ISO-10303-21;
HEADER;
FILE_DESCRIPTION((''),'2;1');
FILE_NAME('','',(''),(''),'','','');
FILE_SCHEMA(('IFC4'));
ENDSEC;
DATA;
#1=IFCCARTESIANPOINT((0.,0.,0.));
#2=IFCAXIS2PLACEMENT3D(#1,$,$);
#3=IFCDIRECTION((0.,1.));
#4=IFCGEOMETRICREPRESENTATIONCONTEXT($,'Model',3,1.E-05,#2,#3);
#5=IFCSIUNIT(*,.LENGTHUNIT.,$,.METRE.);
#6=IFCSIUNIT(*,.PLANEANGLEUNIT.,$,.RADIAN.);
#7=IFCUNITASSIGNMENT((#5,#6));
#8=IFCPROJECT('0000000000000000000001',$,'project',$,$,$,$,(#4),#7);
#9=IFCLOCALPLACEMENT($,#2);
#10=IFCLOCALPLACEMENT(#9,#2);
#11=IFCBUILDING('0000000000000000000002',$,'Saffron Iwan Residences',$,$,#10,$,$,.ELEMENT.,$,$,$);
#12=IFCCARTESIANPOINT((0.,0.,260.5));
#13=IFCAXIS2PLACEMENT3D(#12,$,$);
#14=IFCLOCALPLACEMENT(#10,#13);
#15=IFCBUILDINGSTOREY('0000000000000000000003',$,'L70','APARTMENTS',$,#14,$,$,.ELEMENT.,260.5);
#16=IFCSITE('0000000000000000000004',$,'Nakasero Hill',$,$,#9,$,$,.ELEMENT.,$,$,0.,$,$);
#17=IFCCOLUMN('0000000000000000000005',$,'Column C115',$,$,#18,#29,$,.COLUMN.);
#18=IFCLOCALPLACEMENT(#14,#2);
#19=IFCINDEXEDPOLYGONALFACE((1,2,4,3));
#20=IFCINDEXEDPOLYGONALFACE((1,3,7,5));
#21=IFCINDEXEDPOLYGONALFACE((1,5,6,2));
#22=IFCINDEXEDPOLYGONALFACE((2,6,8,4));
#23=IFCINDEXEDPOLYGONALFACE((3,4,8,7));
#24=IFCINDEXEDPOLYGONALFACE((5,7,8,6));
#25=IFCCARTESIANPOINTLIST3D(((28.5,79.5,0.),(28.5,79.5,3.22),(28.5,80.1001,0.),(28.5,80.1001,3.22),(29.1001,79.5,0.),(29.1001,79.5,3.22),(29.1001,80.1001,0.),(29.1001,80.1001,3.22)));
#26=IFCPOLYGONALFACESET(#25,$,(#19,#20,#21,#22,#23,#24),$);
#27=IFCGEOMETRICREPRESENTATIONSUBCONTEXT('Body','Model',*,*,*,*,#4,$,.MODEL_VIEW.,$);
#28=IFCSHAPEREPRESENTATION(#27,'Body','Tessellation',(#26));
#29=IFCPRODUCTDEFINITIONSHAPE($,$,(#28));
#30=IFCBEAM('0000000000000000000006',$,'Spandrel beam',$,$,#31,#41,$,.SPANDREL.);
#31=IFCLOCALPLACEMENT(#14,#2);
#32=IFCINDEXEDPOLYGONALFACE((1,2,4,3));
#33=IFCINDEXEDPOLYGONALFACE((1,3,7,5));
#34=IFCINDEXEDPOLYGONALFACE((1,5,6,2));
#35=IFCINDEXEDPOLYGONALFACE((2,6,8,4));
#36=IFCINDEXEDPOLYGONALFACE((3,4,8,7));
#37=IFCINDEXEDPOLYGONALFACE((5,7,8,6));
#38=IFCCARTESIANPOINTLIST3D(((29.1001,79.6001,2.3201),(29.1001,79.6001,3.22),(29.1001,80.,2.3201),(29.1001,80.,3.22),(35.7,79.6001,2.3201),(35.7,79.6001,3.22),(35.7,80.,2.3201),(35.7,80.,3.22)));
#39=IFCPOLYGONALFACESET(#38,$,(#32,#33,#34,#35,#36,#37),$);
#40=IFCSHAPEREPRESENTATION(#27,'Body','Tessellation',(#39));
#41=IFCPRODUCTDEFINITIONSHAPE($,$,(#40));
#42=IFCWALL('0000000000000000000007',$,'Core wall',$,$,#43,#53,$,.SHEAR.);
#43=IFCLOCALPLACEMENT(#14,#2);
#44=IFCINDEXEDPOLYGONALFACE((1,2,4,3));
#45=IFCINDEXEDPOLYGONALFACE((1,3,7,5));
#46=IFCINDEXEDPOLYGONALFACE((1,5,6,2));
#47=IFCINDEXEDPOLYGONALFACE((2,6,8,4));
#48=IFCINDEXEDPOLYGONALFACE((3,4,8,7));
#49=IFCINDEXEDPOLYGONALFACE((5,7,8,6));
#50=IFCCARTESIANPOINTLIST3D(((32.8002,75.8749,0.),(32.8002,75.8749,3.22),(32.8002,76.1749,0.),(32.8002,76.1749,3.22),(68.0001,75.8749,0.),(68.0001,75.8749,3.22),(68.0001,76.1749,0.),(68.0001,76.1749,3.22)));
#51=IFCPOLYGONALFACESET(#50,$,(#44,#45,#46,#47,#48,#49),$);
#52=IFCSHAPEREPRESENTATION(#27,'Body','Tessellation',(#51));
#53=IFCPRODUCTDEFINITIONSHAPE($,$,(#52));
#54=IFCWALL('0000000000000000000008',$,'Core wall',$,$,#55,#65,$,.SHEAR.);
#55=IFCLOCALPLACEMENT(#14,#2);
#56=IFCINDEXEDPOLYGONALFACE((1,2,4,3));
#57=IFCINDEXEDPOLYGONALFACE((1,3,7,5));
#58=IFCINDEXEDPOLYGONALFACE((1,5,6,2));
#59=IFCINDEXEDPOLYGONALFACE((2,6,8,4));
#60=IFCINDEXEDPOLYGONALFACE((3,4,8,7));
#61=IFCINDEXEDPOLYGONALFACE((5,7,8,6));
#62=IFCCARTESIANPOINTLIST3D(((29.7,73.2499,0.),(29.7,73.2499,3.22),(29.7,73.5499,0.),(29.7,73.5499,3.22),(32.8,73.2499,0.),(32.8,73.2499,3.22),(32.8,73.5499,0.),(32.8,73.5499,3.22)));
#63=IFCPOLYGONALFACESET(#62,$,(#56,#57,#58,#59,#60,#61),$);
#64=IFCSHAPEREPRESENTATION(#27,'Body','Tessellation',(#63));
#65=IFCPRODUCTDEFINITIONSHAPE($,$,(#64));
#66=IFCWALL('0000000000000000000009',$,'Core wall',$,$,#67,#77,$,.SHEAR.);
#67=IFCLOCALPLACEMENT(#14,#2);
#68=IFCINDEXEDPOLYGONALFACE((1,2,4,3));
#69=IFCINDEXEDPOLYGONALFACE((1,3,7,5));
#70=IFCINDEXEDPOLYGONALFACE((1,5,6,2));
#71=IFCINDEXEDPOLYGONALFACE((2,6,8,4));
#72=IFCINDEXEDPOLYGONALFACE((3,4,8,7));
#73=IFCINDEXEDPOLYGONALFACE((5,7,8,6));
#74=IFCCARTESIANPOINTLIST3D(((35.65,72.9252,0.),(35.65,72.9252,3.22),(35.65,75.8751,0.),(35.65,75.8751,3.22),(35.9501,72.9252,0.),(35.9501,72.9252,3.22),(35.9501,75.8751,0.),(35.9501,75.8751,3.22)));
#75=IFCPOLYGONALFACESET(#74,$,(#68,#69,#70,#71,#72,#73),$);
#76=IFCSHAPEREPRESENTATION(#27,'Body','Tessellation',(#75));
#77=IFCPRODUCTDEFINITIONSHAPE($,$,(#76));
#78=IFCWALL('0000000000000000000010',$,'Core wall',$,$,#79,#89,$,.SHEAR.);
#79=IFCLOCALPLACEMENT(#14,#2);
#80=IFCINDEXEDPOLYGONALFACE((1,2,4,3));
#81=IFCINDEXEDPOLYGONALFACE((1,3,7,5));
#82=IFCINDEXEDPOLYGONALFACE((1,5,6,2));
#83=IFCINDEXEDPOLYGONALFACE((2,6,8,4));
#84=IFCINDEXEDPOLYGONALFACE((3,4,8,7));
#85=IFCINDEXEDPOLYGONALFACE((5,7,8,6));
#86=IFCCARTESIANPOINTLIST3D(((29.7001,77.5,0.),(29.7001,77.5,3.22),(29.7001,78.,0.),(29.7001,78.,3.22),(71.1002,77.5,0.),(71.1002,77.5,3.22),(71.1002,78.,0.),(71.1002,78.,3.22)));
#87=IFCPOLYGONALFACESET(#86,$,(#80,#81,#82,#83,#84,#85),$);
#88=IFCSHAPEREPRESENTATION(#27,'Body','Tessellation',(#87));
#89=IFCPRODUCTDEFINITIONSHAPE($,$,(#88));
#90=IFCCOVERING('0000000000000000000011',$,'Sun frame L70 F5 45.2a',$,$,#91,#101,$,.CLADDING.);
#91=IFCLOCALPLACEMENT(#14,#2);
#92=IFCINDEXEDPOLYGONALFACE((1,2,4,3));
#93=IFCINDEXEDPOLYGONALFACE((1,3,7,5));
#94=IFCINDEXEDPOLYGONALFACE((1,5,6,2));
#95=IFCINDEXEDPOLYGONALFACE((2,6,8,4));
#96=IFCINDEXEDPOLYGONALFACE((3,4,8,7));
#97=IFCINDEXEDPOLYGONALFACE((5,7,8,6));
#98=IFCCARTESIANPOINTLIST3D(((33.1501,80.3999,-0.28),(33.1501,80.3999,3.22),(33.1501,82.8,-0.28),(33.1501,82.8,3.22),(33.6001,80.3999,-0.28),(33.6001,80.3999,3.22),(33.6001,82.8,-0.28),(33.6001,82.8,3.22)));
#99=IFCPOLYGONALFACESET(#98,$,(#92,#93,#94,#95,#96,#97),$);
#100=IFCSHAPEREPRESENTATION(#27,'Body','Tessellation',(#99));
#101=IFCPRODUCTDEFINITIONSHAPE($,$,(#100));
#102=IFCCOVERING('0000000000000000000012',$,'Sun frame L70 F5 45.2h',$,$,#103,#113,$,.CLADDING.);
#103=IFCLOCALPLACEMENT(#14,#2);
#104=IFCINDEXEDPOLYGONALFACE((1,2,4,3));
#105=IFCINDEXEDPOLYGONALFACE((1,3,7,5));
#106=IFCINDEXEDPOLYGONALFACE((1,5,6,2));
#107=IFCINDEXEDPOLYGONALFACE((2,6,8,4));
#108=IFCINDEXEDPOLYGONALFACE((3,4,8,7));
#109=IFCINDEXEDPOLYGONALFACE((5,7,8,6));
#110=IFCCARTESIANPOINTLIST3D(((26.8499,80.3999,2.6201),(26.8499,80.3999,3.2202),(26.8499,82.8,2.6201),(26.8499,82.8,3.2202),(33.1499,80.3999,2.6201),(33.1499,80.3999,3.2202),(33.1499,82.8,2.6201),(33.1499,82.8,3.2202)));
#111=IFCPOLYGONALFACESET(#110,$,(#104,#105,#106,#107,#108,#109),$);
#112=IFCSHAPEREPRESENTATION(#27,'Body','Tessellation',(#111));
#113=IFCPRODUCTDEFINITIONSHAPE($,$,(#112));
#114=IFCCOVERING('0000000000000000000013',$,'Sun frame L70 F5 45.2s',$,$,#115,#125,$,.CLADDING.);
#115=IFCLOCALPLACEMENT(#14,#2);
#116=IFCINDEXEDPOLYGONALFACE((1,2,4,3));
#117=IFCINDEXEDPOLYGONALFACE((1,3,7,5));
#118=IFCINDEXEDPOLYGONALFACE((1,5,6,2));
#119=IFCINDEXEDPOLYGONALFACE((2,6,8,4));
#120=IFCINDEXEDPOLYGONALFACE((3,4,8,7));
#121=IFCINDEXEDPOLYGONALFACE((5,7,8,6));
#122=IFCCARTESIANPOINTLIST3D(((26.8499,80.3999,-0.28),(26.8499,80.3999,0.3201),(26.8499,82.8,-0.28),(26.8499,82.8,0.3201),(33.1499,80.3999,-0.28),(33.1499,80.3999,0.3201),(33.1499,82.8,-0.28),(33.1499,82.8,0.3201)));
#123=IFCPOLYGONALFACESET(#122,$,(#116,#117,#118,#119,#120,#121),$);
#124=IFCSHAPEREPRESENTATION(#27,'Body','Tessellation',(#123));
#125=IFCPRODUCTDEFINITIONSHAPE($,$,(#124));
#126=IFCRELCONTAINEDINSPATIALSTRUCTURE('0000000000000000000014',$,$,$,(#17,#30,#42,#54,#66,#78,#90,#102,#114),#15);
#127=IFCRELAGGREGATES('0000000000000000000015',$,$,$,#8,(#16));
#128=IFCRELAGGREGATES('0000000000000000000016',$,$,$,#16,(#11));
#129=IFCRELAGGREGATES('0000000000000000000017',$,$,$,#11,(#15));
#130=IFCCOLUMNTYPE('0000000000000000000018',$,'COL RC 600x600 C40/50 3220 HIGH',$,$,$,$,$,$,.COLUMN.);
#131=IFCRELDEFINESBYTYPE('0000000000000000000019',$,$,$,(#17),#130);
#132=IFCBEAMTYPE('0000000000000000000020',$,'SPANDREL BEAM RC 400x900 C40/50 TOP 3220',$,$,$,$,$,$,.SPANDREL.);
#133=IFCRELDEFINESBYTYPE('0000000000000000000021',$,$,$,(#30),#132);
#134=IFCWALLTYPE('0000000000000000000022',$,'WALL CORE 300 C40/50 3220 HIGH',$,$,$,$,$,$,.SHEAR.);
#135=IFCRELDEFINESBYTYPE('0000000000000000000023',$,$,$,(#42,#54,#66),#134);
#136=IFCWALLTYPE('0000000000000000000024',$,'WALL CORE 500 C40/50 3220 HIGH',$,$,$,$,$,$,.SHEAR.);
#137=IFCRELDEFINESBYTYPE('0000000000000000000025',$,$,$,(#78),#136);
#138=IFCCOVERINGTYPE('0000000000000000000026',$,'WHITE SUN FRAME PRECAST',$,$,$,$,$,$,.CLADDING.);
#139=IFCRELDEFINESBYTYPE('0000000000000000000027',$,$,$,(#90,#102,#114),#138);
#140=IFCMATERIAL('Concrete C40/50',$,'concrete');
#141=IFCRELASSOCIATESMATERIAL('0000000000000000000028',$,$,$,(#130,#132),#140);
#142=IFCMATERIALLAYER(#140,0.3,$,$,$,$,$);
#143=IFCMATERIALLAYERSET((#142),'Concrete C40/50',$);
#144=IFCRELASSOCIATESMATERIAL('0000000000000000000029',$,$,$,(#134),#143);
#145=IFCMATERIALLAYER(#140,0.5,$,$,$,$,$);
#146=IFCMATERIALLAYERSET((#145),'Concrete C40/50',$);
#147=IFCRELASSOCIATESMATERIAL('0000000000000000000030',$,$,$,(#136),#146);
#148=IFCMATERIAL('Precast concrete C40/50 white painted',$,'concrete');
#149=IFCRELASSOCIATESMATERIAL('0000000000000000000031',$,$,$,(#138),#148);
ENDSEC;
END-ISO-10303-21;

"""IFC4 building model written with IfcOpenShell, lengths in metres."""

from ifc_helpers import new_model, si_unit, direction, frame, frame_2d, origin, origin_2d, place, context, subcontext, project, spatial, polyline, rectangle, outline, extrude, source, transform, mapped, material, layer, layer_set, material_profile, profile_set, type_object, element, save


model = new_model("IFC4")

# Units and contexts
model_context = context("Model", 3, precision=1e-05, world=origin(), true_north=direction((0.0, 1.0)))
body_context = subcontext(model_context, "Body", "Model", "MODEL_VIEW")
ifc_project = project(units=[si_unit("LENGTHUNIT", "METRE"), si_unit("PLANEANGLEUNIT", "RADIAN")], contexts=[model_context])

# Site, building, storey
site_placement = place(None, origin())
site = spatial("IfcSite", under=ifc_project, at=site_placement, Name="Nakasero Hill", CompositionType="ELEMENT", RefElevation=0.0)
building_placement = place(site_placement, origin())
building = spatial("IfcBuilding", under=site, at=building_placement, Name="Saffron Iwan Residences", CompositionType="ELEMENT")
storey_placement = place(building_placement, frame((0.0, 0.0, 260.5)))
storey = spatial("IfcBuildingStorey", under=building, at=storey_placement, Name="L70", Description="APARTMENTS", CompositionType="ELEMENT", Elevation=260.5)

# Column
ifc_material_1 = material(Name="Concrete C40/50", Category="concrete")
ifc_material_profile_1 = material_profile(ifc_material_1, rectangle(XDim=0.6001, YDim=0.6001, at=origin_2d()), Name="RC 600x600")
ifc_profile_set_1 = profile_set([ifc_material_profile_1], Name="Concrete C40/50")
column_type = type_object("IfcColumnType", Name="COL RC 600x600 C40/50 3220 HIGH", PredefinedType="COLUMN", material=ifc_profile_set_1)
shared_shape_1 = source(origin(), body_context, "Body", "SweptSolid", [
    extrude(rectangle(XDim=0.6001, YDim=0.6001, at=origin_2d()), origin(), (0.0, 0.0, 1.0), 3.22),
])
column_placement = place(storey_placement, frame((28.8, 79.8, 0.0), z_axis=(0.0, 0.0, 1.0), x_axis=(1.0, 0.0, 0.0)))
element("IfcColumn", 1, at=column_placement, inside=storey, type_object=column_type, Name="Column C115", PredefinedType="COLUMN", context=body_context, shape_type="MappedRepresentation", body=[
    mapped(shared_shape_1, transform((0.0, 0.0, 0.0))),
])

# Beam
ifc_material_profile_2 = material_profile(ifc_material_1, rectangle(XDim=0.3999, YDim=0.8999, at=origin_2d()), Name="RC 400x900")
ifc_profile_set_2 = profile_set([ifc_material_profile_2], Name="Concrete C40/50")
beam_type = type_object("IfcBeamType", Name="SPANDREL BEAM RC 400x900 C40/50 TOP 3220", PredefinedType="SPANDREL", material=ifc_profile_set_2)
shared_shape_2 = source(origin(), body_context, "Body", "SweptSolid", [
    extrude(rectangle(XDim=0.3999, YDim=0.8999, at=origin_2d()), origin(), (0.0, 0.0, 1.0), 6.5999),
])
beam_placement = place(storey_placement, frame((29.1001, 79.8, 2.77), z_axis=(1.0, 0.0, 0.0), x_axis=(0.0, 1.0, 0.0)))
element("IfcBeam", 2, at=beam_placement, inside=storey, type_object=beam_type, Name="Spandrel beam", PredefinedType="SPANDREL", context=body_context, shape_type="MappedRepresentation", body=[
    mapped(shared_shape_2, transform((0.0, 0.0, 0.0))),
])

# Shared definitions
ifc_layer_1 = layer(ifc_material_1, 0.3)
ifc_layer_set_1 = layer_set([ifc_layer_1], Name="Concrete C40/50")
wall_type_1 = type_object("IfcWallType", Name="WALL CORE 300 C40/50 3220 HIGH", PredefinedType="SHEAR", material=ifc_layer_set_1)

# Walls
wall_1_placement = place(storey_placement, frame((32.8, 76.0249, 0.0), z_axis=(0.0, 0.0, 1.0), x_axis=(1.0, 0.0, 0.0)))
element("IfcWall", 3, at=wall_1_placement, inside=storey, type_object=wall_type_1, Name="Core wall", PredefinedType="SHEAR", context=body_context, shape_type="SweptSolid", body=[
    extrude(rectangle(XDim=35.2, YDim=0.3, at=frame_2d((17.6001, 0.0))), origin(), (0.0, 0.0, 1.0), 3.22),
])
wall_2_placement = place(storey_placement, frame((29.7, 73.3999, 0.0), z_axis=(0.0, 0.0, 1.0), x_axis=(1.0, 0.0, 0.0)))
element("IfcWall", 4, at=wall_2_placement, inside=storey, type_object=wall_type_1, Name="Core wall", PredefinedType="SHEAR", context=body_context, shape_type="SweptSolid", body=[
    extrude(rectangle(XDim=3.1001, YDim=0.3, at=frame_2d((1.55, 0.0))), origin(), (0.0, 0.0, 1.0), 3.22),
])
wall_3_placement = place(storey_placement, frame((35.8, 72.925, 0.0), z_axis=(0.0, 0.0, 1.0), x_axis=(0.0, 1.0, 0.0)))
element("IfcWall", 5, at=wall_3_placement, inside=storey, type_object=wall_type_1, Name="Core wall", PredefinedType="SHEAR", context=body_context, shape_type="SweptSolid", body=[
    extrude(rectangle(XDim=2.95, YDim=0.3, at=frame_2d((1.4751, 0.0))), origin(), (0.0, 0.0, 1.0), 3.22),
])
ifc_layer_2 = layer(ifc_material_1, 0.5)
ifc_layer_set_2 = layer_set([ifc_layer_2], Name="Concrete C40/50")
wall_type_2 = type_object("IfcWallType", Name="WALL CORE 500 C40/50 3220 HIGH", PredefinedType="SHEAR", material=ifc_layer_set_2)
wall_4_placement = place(storey_placement, frame((29.7, 77.75, 0.0), z_axis=(0.0, 0.0, 1.0), x_axis=(1.0, 0.0, 0.0)))
element("IfcWall", 6, at=wall_4_placement, inside=storey, type_object=wall_type_2, Name="Core wall", PredefinedType="SHEAR", context=body_context, shape_type="SweptSolid", body=[
    extrude(rectangle(XDim=41.4001, YDim=0.5, at=frame_2d((20.7002, 0.0))), origin(), (0.0, 0.0, 1.0), 3.22),
])

# Coverings
ifc_material_2 = material(Name="Precast concrete C40/50 white painted", Category="concrete")
covering_type = type_object("IfcCoveringType", Name="WHITE SUN FRAME PRECAST", PredefinedType="CLADDING", material=ifc_material_2)
covering_placement = place(storey_placement, frame((33.6001, 80.3999, -0.28), z_axis=(0.0, 1.0, 0.0), x_axis=(-1.0, 0.0, 0.0)))
element("IfcCovering", 7, at=covering_placement, inside=storey, type_object=covering_type, Name="Sun frame L70 F5 45.2a", PredefinedType="CLADDING", context=body_context, shape_type="SweptSolid", body=[
    extrude(outline(polyline([(0.0, 0.0), (0.45, 0.0), (0.45, 3.5), (0.0, 3.5), (0.0, 0.0)])), origin(), (0.0, 0.0, 1.0), 2.4001),
])
for number, where, z_axis, x_axis, name in (
    (8, (33.1499, 80.3999, 2.6201), (0.0, 1.0, 0.0), (-1.0, 0.0, 0.0), "Sun frame L70 F5 45.2h"),
    (9, (33.1499, 80.3999, -0.28), (0.0, 1.0, 0.0), (-1.0, 0.0, 0.0), "Sun frame L70 F5 45.2s"),
):
    element("IfcCovering", number, at=place(storey_placement, frame(where, z_axis=z_axis, x_axis=x_axis)), inside=storey, type_object=covering_type, Name=name, PredefinedType="CLADDING", context=body_context, shape_type="SweptSolid", body=[
        extrude(outline(polyline([(0.0, 0.0), (6.3, 0.0), (6.3, 0.6001), (0.0, 0.6001), (0.0, 0.0)])), origin(), (0.0, 0.0, 1.0), 2.4001),
    ])

save(model, "model.ifc")
